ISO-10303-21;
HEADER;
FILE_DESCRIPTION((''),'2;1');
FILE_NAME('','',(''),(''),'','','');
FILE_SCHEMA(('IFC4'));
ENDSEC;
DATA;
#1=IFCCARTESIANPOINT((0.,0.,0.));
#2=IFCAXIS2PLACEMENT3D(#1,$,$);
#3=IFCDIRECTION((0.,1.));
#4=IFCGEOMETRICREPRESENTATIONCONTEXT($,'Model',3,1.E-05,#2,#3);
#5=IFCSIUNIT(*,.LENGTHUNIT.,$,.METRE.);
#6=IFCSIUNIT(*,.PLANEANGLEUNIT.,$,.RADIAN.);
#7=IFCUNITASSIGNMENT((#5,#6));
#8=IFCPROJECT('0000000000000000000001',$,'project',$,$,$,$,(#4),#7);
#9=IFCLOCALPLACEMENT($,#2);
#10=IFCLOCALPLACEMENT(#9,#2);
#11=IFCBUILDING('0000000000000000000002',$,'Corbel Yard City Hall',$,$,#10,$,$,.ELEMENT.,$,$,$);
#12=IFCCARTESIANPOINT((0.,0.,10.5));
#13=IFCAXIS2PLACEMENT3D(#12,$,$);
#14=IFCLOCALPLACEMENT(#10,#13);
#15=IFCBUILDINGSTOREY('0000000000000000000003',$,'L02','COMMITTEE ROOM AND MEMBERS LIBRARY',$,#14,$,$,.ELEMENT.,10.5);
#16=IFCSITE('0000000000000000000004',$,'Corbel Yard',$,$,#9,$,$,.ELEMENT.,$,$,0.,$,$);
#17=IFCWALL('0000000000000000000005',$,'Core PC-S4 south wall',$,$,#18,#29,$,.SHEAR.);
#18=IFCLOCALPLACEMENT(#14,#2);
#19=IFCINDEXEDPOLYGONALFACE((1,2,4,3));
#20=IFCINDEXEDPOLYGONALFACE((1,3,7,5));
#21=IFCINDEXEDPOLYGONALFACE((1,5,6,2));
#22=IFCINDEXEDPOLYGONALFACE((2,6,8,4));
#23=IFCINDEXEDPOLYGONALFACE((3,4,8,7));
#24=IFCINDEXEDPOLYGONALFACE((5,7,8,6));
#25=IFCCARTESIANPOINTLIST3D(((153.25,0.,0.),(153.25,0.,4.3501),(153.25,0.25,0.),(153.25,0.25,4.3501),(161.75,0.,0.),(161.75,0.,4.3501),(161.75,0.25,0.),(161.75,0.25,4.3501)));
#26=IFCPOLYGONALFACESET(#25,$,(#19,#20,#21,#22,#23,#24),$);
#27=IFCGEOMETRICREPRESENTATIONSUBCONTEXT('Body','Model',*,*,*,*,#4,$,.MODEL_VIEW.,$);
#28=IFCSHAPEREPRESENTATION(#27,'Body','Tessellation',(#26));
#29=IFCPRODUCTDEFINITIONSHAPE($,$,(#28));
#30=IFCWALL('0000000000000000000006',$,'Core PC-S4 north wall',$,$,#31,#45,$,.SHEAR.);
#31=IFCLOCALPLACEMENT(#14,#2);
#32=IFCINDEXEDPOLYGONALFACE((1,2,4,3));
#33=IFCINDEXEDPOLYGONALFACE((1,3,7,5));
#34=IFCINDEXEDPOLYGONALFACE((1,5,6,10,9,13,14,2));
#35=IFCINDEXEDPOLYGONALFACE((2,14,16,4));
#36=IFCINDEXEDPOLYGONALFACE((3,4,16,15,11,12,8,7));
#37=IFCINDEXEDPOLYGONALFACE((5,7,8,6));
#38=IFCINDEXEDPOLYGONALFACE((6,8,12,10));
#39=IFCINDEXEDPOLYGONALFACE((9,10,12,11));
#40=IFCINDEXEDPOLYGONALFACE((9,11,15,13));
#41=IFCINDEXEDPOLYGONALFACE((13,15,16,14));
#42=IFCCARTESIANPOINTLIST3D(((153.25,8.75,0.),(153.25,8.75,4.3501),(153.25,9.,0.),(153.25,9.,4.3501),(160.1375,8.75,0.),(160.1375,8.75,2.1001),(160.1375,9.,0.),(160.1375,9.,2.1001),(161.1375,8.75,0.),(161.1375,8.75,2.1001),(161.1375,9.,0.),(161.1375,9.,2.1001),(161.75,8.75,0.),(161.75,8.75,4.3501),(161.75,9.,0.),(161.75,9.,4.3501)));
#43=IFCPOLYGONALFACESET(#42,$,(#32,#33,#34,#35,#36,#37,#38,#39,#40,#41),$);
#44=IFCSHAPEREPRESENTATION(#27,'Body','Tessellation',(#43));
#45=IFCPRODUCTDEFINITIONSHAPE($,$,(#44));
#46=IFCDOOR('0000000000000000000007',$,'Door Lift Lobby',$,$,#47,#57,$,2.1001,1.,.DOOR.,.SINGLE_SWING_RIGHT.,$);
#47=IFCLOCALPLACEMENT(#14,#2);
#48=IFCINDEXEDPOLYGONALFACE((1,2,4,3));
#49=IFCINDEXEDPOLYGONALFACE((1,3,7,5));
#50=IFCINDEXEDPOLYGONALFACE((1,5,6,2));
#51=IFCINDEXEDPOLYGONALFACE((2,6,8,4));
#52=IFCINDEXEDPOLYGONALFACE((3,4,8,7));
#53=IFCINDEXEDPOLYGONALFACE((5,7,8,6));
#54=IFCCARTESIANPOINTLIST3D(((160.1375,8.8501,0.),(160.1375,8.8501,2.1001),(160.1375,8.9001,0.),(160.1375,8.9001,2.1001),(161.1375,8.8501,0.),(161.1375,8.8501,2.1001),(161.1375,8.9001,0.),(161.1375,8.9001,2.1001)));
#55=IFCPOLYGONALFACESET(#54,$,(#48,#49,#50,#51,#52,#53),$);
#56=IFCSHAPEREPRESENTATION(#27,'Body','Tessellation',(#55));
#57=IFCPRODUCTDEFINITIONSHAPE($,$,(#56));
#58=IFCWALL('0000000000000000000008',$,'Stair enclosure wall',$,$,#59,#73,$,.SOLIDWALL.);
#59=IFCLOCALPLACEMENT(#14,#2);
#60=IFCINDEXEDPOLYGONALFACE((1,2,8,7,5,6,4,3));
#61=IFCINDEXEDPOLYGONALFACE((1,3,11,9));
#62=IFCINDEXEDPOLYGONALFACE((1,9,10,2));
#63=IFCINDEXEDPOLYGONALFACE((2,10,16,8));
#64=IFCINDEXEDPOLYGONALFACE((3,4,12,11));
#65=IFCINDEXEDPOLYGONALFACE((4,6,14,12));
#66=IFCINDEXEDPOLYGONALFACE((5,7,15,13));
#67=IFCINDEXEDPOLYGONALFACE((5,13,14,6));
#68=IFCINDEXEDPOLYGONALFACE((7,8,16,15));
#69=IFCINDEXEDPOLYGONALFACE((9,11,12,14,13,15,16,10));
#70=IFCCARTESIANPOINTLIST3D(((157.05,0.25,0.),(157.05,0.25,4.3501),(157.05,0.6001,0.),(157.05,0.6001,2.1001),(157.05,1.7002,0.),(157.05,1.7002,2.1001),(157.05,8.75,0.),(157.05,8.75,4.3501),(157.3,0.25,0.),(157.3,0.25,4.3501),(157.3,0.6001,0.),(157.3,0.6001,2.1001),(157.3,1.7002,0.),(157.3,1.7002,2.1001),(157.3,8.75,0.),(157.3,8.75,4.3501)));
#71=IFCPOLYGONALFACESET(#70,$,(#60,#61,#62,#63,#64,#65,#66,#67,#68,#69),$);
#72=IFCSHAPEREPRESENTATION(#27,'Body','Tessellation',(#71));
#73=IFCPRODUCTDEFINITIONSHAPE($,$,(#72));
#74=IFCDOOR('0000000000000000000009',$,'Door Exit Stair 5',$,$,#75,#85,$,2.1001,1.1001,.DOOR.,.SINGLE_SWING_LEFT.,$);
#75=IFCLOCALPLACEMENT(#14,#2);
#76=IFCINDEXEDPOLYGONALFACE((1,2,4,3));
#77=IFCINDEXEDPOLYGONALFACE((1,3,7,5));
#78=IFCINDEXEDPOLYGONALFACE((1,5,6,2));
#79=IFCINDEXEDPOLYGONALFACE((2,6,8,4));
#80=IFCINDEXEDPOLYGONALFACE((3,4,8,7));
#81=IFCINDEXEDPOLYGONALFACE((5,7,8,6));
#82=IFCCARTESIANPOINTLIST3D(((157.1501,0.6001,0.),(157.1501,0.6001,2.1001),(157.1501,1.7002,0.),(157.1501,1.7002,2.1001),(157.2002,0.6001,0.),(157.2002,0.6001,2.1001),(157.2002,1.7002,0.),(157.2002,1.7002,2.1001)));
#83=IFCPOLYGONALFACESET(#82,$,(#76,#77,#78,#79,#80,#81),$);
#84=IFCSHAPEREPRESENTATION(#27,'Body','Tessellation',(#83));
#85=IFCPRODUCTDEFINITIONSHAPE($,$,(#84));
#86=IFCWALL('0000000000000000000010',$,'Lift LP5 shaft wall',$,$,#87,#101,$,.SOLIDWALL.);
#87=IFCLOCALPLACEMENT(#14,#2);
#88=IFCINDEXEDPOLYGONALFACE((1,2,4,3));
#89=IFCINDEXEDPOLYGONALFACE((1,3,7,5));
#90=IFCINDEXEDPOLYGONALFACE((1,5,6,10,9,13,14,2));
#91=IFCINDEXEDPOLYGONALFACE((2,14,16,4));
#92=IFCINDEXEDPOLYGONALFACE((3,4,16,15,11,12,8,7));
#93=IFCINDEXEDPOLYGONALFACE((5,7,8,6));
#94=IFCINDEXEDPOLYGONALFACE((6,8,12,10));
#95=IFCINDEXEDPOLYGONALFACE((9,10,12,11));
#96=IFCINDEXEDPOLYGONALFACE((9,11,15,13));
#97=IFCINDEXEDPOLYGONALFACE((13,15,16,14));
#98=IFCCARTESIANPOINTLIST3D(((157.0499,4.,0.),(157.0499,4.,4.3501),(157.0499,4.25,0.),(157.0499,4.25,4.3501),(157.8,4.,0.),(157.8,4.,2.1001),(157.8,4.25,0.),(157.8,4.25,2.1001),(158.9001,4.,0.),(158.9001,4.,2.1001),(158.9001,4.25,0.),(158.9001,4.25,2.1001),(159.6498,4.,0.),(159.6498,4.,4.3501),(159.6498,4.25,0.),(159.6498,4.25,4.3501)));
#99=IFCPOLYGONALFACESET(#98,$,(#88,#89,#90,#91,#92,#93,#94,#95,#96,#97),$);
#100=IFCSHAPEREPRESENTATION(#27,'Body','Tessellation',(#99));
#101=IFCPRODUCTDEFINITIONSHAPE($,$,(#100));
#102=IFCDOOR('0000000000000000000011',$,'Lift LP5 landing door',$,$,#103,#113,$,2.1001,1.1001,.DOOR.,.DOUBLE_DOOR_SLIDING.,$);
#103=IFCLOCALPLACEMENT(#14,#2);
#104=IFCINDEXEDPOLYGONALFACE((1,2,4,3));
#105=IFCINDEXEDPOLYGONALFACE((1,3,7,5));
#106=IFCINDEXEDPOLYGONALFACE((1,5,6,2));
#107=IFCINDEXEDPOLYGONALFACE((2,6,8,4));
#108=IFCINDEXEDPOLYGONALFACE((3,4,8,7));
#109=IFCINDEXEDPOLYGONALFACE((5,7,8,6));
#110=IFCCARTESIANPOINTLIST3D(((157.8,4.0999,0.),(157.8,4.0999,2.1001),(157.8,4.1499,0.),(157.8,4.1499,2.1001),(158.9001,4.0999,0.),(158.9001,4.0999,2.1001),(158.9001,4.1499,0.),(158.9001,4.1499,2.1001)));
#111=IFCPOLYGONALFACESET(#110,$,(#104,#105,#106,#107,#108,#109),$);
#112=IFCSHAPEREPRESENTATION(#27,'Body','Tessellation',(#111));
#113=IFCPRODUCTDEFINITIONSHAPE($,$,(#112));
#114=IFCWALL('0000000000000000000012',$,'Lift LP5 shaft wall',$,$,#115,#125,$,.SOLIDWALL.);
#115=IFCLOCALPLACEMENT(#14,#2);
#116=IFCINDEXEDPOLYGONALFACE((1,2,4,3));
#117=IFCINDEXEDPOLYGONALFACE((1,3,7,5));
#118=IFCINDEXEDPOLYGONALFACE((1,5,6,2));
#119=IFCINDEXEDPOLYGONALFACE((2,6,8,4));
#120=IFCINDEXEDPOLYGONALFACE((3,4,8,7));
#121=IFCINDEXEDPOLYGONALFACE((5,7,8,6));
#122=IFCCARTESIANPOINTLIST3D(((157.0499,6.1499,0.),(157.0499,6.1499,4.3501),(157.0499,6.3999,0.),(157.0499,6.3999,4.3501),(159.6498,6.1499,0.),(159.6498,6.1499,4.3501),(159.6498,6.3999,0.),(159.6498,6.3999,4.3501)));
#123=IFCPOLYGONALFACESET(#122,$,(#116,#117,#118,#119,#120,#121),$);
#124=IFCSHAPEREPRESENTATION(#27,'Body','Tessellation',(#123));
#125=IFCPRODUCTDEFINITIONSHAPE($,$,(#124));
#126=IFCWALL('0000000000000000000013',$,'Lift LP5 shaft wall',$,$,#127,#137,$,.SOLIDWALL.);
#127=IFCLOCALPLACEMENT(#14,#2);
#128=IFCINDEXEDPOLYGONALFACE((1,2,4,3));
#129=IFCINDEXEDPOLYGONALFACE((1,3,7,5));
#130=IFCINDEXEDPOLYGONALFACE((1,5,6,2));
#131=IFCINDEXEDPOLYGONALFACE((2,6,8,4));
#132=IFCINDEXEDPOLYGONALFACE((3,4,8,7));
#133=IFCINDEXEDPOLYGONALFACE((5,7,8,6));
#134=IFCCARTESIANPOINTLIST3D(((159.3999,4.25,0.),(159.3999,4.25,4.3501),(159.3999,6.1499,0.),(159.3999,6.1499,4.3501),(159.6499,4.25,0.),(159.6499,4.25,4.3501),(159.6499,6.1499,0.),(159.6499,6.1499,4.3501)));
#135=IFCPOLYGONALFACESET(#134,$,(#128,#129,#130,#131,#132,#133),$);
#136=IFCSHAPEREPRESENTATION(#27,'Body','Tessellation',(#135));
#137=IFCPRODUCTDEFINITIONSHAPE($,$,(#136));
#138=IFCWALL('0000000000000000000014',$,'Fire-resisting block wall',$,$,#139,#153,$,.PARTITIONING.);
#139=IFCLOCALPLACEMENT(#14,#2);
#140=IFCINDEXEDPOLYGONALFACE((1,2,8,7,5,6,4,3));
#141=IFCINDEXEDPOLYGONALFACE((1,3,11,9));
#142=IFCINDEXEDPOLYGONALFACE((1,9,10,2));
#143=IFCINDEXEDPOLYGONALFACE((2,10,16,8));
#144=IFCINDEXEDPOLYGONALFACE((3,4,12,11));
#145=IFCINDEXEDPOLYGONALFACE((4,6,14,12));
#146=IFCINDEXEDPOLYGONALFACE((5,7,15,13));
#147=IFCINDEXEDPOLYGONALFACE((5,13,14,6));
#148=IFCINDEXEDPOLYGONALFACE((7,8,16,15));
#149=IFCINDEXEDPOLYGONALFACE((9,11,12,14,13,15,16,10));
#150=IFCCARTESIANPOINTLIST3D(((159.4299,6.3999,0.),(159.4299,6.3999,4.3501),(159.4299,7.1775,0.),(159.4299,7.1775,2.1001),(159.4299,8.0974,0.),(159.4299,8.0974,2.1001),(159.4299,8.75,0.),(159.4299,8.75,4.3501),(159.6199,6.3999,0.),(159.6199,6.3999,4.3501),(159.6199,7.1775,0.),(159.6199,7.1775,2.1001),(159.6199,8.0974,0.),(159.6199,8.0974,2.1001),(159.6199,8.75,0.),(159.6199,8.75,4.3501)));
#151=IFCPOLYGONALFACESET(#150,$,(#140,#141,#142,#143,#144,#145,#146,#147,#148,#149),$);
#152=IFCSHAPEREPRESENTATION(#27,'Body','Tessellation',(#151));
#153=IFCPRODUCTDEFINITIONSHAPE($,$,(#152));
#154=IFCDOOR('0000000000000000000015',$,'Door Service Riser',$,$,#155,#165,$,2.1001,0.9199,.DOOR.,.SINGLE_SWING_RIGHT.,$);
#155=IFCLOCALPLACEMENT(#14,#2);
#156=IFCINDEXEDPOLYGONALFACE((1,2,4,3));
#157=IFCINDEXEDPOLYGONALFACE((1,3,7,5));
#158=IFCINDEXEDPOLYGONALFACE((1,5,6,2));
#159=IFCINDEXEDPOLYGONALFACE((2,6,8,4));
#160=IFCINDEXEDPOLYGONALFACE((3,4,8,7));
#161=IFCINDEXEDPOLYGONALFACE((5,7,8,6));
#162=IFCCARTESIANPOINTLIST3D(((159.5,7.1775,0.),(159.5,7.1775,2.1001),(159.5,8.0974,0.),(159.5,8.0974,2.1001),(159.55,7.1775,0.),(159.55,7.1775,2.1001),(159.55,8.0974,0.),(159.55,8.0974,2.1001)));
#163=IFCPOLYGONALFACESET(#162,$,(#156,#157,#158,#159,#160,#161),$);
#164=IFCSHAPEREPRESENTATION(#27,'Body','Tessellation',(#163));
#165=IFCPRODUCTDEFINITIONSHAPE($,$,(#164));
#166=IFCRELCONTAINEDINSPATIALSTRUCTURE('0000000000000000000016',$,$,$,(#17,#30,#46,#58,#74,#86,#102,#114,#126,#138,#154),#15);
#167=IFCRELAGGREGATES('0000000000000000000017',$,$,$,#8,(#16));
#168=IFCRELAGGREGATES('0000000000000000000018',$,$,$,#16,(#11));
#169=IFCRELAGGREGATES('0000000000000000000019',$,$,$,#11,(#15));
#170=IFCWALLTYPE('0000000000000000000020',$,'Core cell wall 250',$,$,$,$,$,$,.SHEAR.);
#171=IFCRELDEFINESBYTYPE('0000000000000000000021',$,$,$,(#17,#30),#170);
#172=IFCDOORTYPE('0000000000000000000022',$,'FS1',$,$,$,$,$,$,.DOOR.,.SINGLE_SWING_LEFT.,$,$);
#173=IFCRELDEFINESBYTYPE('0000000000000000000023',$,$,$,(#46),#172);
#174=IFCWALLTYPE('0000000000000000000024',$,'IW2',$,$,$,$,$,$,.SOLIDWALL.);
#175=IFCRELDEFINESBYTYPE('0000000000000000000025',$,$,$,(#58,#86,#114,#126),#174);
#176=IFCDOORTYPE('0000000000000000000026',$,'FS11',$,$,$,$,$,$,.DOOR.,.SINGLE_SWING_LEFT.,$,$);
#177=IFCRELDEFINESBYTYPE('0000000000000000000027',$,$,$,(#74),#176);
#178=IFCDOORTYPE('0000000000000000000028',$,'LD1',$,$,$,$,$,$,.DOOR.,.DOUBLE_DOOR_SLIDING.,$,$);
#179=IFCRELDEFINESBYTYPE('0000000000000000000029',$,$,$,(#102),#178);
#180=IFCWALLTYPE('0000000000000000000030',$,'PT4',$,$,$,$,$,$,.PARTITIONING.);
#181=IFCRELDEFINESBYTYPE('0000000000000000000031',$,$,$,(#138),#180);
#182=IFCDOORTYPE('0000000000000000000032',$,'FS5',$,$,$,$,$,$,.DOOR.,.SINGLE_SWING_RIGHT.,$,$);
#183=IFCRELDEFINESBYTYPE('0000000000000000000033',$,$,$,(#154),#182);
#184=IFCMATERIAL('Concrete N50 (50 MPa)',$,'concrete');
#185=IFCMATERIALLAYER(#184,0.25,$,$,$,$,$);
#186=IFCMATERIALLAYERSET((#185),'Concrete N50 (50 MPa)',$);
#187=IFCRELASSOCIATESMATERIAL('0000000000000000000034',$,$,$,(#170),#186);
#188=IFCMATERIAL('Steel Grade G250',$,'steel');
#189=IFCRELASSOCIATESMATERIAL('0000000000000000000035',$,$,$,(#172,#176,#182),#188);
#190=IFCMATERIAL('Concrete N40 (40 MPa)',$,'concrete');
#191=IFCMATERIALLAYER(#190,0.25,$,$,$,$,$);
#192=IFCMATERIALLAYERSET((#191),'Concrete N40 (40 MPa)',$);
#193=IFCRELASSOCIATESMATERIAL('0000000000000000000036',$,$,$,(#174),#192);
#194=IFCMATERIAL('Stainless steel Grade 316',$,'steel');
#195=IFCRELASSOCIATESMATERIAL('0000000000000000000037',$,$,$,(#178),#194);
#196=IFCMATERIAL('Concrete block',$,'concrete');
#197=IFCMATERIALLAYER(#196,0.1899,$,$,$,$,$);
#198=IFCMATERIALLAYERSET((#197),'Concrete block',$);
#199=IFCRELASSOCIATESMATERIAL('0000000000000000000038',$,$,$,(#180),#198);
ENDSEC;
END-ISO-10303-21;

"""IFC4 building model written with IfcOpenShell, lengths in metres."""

from ifc_helpers import new_model, si_unit, direction, frame, frame_2d, origin, place, context, subcontext, project, spatial, rectangle, extrude, material, layer, layer_set, type_object, element, fill, save


model = new_model("IFC4")

# Units and contexts
model_context = context("Model", 3, precision=1e-05, world=origin(), true_north=direction((0.0, 1.0)))
body_context = subcontext(model_context, "Body", "Model", "MODEL_VIEW")
ifc_project = project(units=[si_unit("LENGTHUNIT", "METRE"), si_unit("PLANEANGLEUNIT", "RADIAN")], contexts=[model_context])

# Site, building, storey
site_placement = place(None, origin())
site = spatial("IfcSite", under=ifc_project, at=site_placement, Name="Corbel Yard", CompositionType="ELEMENT", RefElevation=0.0)
building_placement = place(site_placement, origin())
building = spatial("IfcBuilding", under=site, at=building_placement, Name="Corbel Yard City Hall", CompositionType="ELEMENT")
storey_placement = place(building_placement, frame((0.0, 0.0, 10.5)))
storey = spatial("IfcBuildingStorey", under=building, at=storey_placement, Name="L02", Description="COMMITTEE ROOM AND MEMBERS LIBRARY", CompositionType="ELEMENT", Elevation=10.5)

# Wall
ifc_material_1 = material(Name="Concrete N50 (50 MPa)", Category="concrete")
ifc_layer_1 = layer(ifc_material_1, 0.25)
ifc_layer_set_1 = layer_set([ifc_layer_1], Name="Concrete N50 (50 MPa)")
wall_type_1 = type_object("IfcWallType", Name="Core cell wall 250", PredefinedType="SHEAR", material=ifc_layer_set_1)
wall_1_placement = place(storey_placement, frame((153.25, 0.125, 0.0), z_axis=(0.0, 0.0, 1.0), x_axis=(1.0, 0.0, 0.0)))
element("IfcWall", 1, at=wall_1_placement, inside=storey, type_object=wall_type_1, Name="Core PC-S4 south wall", PredefinedType="SHEAR", context=body_context, shape_type="SweptSolid", body=[
    extrude(rectangle(XDim=8.5, YDim=0.25, at=frame_2d((4.25, 0.0))), origin(), (0.0, 0.0, 1.0), 4.3501),
])

# Walls, openings, doors
wall_2_placement = place(storey_placement, frame((153.25, 8.875, 0.0), z_axis=(0.0, 0.0, 1.0), x_axis=(1.0, 0.0, 0.0)))
wall_2 = element("IfcWall", 2, at=wall_2_placement, inside=storey, type_object=wall_type_1, Name="Core PC-S4 north wall", PredefinedType="SHEAR", context=body_context, shape_type="SweptSolid", body=[
    extrude(rectangle(XDim=8.5, YDim=0.25, at=frame_2d((4.25, 0.0))), origin(), (0.0, 0.0, 1.0), 4.3501),
])
opening_1_placement = place(wall_2_placement, frame((6.8875, 0.0, 0.0)))
opening_1 = element("IfcOpeningElement", 3, at=opening_1_placement, cuts=wall_2, PredefinedType="OPENING", context=body_context, shape_type="SweptSolid", body=[
    extrude(rectangle(XDim=1.0, YDim=2.1001, at=frame_2d((0.5, 1.05))), frame((0.0, 0.135, 0.0), z_axis=(0.0, -1.0, 0.0), x_axis=(1.0, 0.0, 0.0)), (0.0, 0.0, 1.0), 0.27),
])
ifc_material_2 = material(Name="Steel Grade G250", Category="steel")
door_type_1 = type_object("IfcDoorType", Name="FS1", OperationType="SINGLE_SWING_LEFT", PredefinedType="DOOR", material=ifc_material_2)
door_1_placement = place(opening_1_placement, frame((1.0, 0.0, 0.0), z_axis=(0.0, 0.0, 1.0), x_axis=(-1.0, 0.0, 0.0)))
door_1 = element("IfcDoor", 4, at=door_1_placement, inside=storey, type_object=door_type_1, Name="Door Lift Lobby", OperationType="SINGLE_SWING_RIGHT", OverallHeight=2.1001, OverallWidth=1.0, PredefinedType="DOOR", context=body_context, shape_type="SweptSolid", body=[
    extrude(rectangle(XDim=1.0, YDim=2.1001, at=frame_2d((0.5, 1.05))), frame((0.0, 0.0249, 0.0), z_axis=(0.0, -1.0, 0.0), x_axis=(1.0, 0.0, 0.0)), (0.0, 0.0, 1.0), 0.05),
])
fill(opening_1, door_1)
ifc_material_3 = material(Name="Concrete N40 (40 MPa)", Category="concrete")
ifc_layer_2 = layer(ifc_material_3, 0.25)
ifc_layer_set_2 = layer_set([ifc_layer_2], Name="Concrete N40 (40 MPa)")
wall_type_2 = type_object("IfcWallType", Name="IW2", PredefinedType="SOLIDWALL", material=ifc_layer_set_2)
wall_3_placement = place(storey_placement, frame((157.175, 0.25, 0.0), z_axis=(0.0, 0.0, 1.0), x_axis=(0.0, 1.0, 0.0)))
wall_3 = element("IfcWall", 5, at=wall_3_placement, inside=storey, type_object=wall_type_2, Name="Stair enclosure wall", PredefinedType="SOLIDWALL", context=body_context, shape_type="SweptSolid", body=[
    extrude(rectangle(XDim=8.5, YDim=0.25, at=frame_2d((4.25, 0.0))), origin(), (0.0, 0.0, 1.0), 4.3501),
])
opening_2_placement = place(wall_3_placement, frame((0.3501, 0.0, 0.0)))
opening_2 = element("IfcOpeningElement", 6, at=opening_2_placement, cuts=wall_3, PredefinedType="OPENING", context=body_context, shape_type="SweptSolid", body=[
    extrude(rectangle(XDim=1.1001, YDim=2.1001, at=frame_2d((0.55, 1.05))), frame((0.0, 0.135, 0.0), z_axis=(0.0, -1.0, 0.0), x_axis=(1.0, 0.0, 0.0)), (0.0, 0.0, 1.0), 0.27),
])
door_type_2 = type_object("IfcDoorType", Name="FS11", OperationType="SINGLE_SWING_LEFT", PredefinedType="DOOR", material=ifc_material_2)
door_2_placement = place(opening_2_placement, origin())
door_2 = element("IfcDoor", 7, at=door_2_placement, inside=storey, type_object=door_type_2, Name="Door Exit Stair 5", OperationType="SINGLE_SWING_LEFT", OverallHeight=2.1001, OverallWidth=1.1001, PredefinedType="DOOR", context=body_context, shape_type="SweptSolid", body=[
    extrude(rectangle(XDim=1.1001, YDim=2.1001, at=frame_2d((0.55, 1.05))), frame((0.0, 0.0249, 0.0), z_axis=(0.0, -1.0, 0.0), x_axis=(1.0, 0.0, 0.0)), (0.0, 0.0, 1.0), 0.05),
])
fill(opening_2, door_2)
wall_4_placement = place(storey_placement, frame((157.05, 4.125, 0.0), z_axis=(0.0, 0.0, 1.0), x_axis=(1.0, 0.0, 0.0)))
wall_4 = element("IfcWall", 8, at=wall_4_placement, inside=storey, type_object=wall_type_2, Name="Lift LP5 shaft wall", PredefinedType="SOLIDWALL", context=body_context, shape_type="SweptSolid", body=[
    extrude(rectangle(XDim=2.5999, YDim=0.25, at=frame_2d((1.2998, 0.0))), origin(), (0.0, 0.0, 1.0), 4.3501),
])
opening_3_placement = place(wall_4_placement, frame((0.75, 0.0, 0.0)))
opening_3 = element("IfcOpeningElement", 9, at=opening_3_placement, cuts=wall_4, PredefinedType="OPENING", context=body_context, shape_type="SweptSolid", body=[
    extrude(rectangle(XDim=1.1001, YDim=2.1001, at=frame_2d((0.55, 1.05))), frame((0.0, 0.135, 0.0), z_axis=(0.0, -1.0, 0.0), x_axis=(1.0, 0.0, 0.0)), (0.0, 0.0, 1.0), 0.27),
])
ifc_material_4 = material(Name="Stainless steel Grade 316", Category="steel")
door_type_3 = type_object("IfcDoorType", Name="LD1", OperationType="DOUBLE_DOOR_SLIDING", PredefinedType="DOOR", material=ifc_material_4)
door_3_placement = place(opening_3_placement, origin())
door_3 = element("IfcDoor", 10, at=door_3_placement, inside=storey, type_object=door_type_3, Name="Lift LP5 landing door", OperationType="DOUBLE_DOOR_SLIDING", OverallHeight=2.1001, OverallWidth=1.1001, PredefinedType="DOOR", context=body_context, shape_type="SweptSolid", body=[
    extrude(rectangle(XDim=1.1001, YDim=2.1001, at=frame_2d((0.55, 1.05))), frame((0.0, 0.0249, 0.0), z_axis=(0.0, -1.0, 0.0), x_axis=(1.0, 0.0, 0.0)), (0.0, 0.0, 1.0), 0.05),
])
fill(opening_3, door_3)

# Walls
wall_5_placement = place(storey_placement, frame((157.05, 6.2749, 0.0), z_axis=(0.0, 0.0, 1.0), x_axis=(1.0, 0.0, 0.0)))
element("IfcWall", 11, at=wall_5_placement, inside=storey, type_object=wall_type_2, Name="Lift LP5 shaft wall", PredefinedType="SOLIDWALL", context=body_context, shape_type="SweptSolid", body=[
    extrude(rectangle(XDim=2.5999, YDim=0.25, at=frame_2d((1.2998, 0.0))), origin(), (0.0, 0.0, 1.0), 4.3501),
])
wall_6_placement = place(storey_placement, frame((159.5249, 4.25, 0.0), z_axis=(0.0, 0.0, 1.0), x_axis=(0.0, 1.0, 0.0)))
element("IfcWall", 12, at=wall_6_placement, inside=storey, type_object=wall_type_2, Name="Lift LP5 shaft wall", PredefinedType="SOLIDWALL", context=body_context, shape_type="SweptSolid", body=[
    extrude(rectangle(XDim=1.8999, YDim=0.25, at=frame_2d((0.95, 0.0))), origin(), (0.0, 0.0, 1.0), 4.3501),
])

# Wall, opening, door
ifc_material_5 = material(Name="Concrete block", Category="concrete")
ifc_layer_3 = layer(ifc_material_5, 0.1899)
ifc_layer_set_3 = layer_set([ifc_layer_3], Name="Concrete block")
wall_type_3 = type_object("IfcWallType", Name="PT4", PredefinedType="PARTITIONING", material=ifc_layer_set_3)
wall_7_placement = place(storey_placement, frame((159.5249, 6.3999, 0.0), z_axis=(0.0, 0.0, 1.0), x_axis=(0.0, 1.0, 0.0)))
wall_7 = element("IfcWall", 13, at=wall_7_placement, inside=storey, type_object=wall_type_3, Name="Fire-resisting block wall", PredefinedType="PARTITIONING", context=body_context, shape_type="SweptSolid", body=[
    extrude(rectangle(XDim=2.3501, YDim=0.1899, at=frame_2d((1.175, 0.0))), origin(), (0.0, 0.0, 1.0), 4.3501),
])
opening_4_placement = place(wall_7_placement, frame((0.7776, 0.0, 0.0)))
opening_4 = element("IfcOpeningElement", 14, at=opening_4_placement, cuts=wall_7, PredefinedType="OPENING", context=body_context, shape_type="SweptSolid", body=[
    extrude(rectangle(XDim=0.9199, YDim=2.1001, at=frame_2d((0.46, 1.05))), frame((0.0, 0.105, 0.0), z_axis=(0.0, -1.0, 0.0), x_axis=(1.0, 0.0, 0.0)), (0.0, 0.0, 1.0), 0.21),
])
door_type_4 = type_object("IfcDoorType", Name="FS5", OperationType="SINGLE_SWING_RIGHT", PredefinedType="DOOR", material=ifc_material_2)
door_4_placement = place(opening_4_placement, origin())
door_4 = element("IfcDoor", 15, at=door_4_placement, inside=storey, type_object=door_type_4, Name="Door Service Riser", OperationType="SINGLE_SWING_RIGHT", OverallHeight=2.1001, OverallWidth=0.9199, PredefinedType="DOOR", context=body_context, shape_type="SweptSolid", body=[
    extrude(rectangle(XDim=0.9199, YDim=2.1001, at=frame_2d((0.46, 1.05))), frame((0.0, 0.0249, 0.0), z_axis=(0.0, -1.0, 0.0), x_axis=(1.0, 0.0, 0.0)), (0.0, 0.0, 1.0), 0.05),
])
fill(opening_4, door_4)

save(model, "model.ifc")
